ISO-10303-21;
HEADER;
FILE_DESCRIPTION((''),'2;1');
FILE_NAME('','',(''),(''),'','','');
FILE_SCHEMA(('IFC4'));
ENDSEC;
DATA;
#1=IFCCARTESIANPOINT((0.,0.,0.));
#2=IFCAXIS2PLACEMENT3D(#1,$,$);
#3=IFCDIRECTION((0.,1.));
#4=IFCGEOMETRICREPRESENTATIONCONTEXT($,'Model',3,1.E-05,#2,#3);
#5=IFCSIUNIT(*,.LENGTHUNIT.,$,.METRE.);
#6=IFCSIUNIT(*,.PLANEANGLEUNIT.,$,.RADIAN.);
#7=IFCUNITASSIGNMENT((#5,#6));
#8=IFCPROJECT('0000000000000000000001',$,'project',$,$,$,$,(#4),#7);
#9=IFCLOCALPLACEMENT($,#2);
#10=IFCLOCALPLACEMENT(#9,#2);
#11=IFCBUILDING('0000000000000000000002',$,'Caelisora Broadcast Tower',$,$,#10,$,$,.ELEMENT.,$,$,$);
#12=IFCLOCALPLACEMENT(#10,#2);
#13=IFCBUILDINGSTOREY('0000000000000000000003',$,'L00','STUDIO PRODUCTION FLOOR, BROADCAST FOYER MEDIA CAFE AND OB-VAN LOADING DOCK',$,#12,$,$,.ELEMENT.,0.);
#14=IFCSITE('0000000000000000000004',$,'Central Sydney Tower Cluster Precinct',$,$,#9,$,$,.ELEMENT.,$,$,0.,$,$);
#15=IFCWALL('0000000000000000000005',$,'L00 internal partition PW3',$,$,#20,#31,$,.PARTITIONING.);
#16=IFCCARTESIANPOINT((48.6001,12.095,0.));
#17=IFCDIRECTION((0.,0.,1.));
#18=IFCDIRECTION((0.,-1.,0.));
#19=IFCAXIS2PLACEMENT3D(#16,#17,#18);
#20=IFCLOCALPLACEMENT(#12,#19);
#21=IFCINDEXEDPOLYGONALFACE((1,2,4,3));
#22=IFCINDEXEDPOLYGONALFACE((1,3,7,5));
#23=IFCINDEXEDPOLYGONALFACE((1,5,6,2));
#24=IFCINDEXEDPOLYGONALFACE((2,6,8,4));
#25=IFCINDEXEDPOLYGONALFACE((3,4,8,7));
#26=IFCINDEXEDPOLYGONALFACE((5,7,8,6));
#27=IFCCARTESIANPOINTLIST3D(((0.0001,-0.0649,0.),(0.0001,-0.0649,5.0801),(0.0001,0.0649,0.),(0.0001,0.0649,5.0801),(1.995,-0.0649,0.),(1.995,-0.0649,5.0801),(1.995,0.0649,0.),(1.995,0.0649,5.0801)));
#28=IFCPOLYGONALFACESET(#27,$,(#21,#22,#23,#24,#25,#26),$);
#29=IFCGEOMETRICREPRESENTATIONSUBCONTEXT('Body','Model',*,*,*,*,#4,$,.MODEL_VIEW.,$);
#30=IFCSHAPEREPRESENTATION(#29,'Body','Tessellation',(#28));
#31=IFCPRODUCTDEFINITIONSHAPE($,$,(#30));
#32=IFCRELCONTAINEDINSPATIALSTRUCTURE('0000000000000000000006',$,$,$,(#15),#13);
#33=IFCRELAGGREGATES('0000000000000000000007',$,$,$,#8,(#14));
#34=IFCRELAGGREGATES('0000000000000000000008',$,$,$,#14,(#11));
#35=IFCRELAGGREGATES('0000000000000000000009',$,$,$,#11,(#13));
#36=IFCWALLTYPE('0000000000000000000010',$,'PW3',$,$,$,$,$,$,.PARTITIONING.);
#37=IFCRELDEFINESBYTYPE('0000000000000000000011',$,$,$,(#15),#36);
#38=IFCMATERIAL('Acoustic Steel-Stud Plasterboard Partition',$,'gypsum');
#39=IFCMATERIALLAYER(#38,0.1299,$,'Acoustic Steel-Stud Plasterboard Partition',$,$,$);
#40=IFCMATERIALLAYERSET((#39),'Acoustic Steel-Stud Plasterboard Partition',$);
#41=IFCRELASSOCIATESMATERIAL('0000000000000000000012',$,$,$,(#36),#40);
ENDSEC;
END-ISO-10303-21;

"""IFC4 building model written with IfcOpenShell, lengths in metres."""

from ifc_helpers import new_model, si_unit, direction, frame, frame_2d, origin, place, context, subcontext, project, spatial, rectangle, extrude, material, layer, layer_set, type_object, element, save


model = new_model("IFC4")

# Units and contexts
model_context = context("Model", 3, precision=1e-05, world=origin(), true_north=direction((0.0, 1.0)))
body_context = subcontext(model_context, "Body", "Model", "MODEL_VIEW")
ifc_project = project(units=[si_unit("LENGTHUNIT", "METRE"), si_unit("PLANEANGLEUNIT", "RADIAN")], contexts=[model_context])

# Site, building, storey
site_placement = place(None, origin())
site = spatial("IfcSite", under=ifc_project, at=site_placement, Name="Central Sydney Tower Cluster Precinct", CompositionType="ELEMENT", RefElevation=0.0)
building_placement = place(site_placement, origin())
building = spatial("IfcBuilding", under=site, at=building_placement, Name="Caelisora Broadcast Tower", CompositionType="ELEMENT")
storey_placement = place(building_placement, origin())
storey = spatial("IfcBuildingStorey", under=building, at=storey_placement, Name="L00", Description="STUDIO PRODUCTION FLOOR, BROADCAST FOYER MEDIA CAFE AND OB-VAN LOADING DOCK", CompositionType="ELEMENT", Elevation=0.0)

# Wall
ifc_material_1 = material(Name="Acoustic Steel-Stud Plasterboard Partition", Category="gypsum")
ifc_layer_1 = layer(ifc_material_1, 0.1299, Name="Acoustic Steel-Stud Plasterboard Partition")
ifc_layer_set_1 = layer_set([ifc_layer_1], Name="Acoustic Steel-Stud Plasterboard Partition")
wall_type_1 = type_object("IfcWallType", Name="PW3", PredefinedType="PARTITIONING", material=ifc_layer_set_1)
wall_1_placement = place(storey_placement, frame((48.6001, 12.095, 0.0), z_axis=(0.0, 0.0, 1.0), x_axis=(0.0, -1.0, 0.0)))
element("IfcWall", 1, at=wall_1_placement, inside=storey, type_object=wall_type_1, Name="L00 internal partition PW3", PredefinedType="PARTITIONING", context=body_context, shape_type="SweptSolid", body=[
    extrude(rectangle(XDim=1.9949, YDim=0.1299, at=frame_2d((0.9976, 0.0))), origin(), (0.0, 0.0, 1.0), 5.0801),
])

save(model, "model.ifc")
